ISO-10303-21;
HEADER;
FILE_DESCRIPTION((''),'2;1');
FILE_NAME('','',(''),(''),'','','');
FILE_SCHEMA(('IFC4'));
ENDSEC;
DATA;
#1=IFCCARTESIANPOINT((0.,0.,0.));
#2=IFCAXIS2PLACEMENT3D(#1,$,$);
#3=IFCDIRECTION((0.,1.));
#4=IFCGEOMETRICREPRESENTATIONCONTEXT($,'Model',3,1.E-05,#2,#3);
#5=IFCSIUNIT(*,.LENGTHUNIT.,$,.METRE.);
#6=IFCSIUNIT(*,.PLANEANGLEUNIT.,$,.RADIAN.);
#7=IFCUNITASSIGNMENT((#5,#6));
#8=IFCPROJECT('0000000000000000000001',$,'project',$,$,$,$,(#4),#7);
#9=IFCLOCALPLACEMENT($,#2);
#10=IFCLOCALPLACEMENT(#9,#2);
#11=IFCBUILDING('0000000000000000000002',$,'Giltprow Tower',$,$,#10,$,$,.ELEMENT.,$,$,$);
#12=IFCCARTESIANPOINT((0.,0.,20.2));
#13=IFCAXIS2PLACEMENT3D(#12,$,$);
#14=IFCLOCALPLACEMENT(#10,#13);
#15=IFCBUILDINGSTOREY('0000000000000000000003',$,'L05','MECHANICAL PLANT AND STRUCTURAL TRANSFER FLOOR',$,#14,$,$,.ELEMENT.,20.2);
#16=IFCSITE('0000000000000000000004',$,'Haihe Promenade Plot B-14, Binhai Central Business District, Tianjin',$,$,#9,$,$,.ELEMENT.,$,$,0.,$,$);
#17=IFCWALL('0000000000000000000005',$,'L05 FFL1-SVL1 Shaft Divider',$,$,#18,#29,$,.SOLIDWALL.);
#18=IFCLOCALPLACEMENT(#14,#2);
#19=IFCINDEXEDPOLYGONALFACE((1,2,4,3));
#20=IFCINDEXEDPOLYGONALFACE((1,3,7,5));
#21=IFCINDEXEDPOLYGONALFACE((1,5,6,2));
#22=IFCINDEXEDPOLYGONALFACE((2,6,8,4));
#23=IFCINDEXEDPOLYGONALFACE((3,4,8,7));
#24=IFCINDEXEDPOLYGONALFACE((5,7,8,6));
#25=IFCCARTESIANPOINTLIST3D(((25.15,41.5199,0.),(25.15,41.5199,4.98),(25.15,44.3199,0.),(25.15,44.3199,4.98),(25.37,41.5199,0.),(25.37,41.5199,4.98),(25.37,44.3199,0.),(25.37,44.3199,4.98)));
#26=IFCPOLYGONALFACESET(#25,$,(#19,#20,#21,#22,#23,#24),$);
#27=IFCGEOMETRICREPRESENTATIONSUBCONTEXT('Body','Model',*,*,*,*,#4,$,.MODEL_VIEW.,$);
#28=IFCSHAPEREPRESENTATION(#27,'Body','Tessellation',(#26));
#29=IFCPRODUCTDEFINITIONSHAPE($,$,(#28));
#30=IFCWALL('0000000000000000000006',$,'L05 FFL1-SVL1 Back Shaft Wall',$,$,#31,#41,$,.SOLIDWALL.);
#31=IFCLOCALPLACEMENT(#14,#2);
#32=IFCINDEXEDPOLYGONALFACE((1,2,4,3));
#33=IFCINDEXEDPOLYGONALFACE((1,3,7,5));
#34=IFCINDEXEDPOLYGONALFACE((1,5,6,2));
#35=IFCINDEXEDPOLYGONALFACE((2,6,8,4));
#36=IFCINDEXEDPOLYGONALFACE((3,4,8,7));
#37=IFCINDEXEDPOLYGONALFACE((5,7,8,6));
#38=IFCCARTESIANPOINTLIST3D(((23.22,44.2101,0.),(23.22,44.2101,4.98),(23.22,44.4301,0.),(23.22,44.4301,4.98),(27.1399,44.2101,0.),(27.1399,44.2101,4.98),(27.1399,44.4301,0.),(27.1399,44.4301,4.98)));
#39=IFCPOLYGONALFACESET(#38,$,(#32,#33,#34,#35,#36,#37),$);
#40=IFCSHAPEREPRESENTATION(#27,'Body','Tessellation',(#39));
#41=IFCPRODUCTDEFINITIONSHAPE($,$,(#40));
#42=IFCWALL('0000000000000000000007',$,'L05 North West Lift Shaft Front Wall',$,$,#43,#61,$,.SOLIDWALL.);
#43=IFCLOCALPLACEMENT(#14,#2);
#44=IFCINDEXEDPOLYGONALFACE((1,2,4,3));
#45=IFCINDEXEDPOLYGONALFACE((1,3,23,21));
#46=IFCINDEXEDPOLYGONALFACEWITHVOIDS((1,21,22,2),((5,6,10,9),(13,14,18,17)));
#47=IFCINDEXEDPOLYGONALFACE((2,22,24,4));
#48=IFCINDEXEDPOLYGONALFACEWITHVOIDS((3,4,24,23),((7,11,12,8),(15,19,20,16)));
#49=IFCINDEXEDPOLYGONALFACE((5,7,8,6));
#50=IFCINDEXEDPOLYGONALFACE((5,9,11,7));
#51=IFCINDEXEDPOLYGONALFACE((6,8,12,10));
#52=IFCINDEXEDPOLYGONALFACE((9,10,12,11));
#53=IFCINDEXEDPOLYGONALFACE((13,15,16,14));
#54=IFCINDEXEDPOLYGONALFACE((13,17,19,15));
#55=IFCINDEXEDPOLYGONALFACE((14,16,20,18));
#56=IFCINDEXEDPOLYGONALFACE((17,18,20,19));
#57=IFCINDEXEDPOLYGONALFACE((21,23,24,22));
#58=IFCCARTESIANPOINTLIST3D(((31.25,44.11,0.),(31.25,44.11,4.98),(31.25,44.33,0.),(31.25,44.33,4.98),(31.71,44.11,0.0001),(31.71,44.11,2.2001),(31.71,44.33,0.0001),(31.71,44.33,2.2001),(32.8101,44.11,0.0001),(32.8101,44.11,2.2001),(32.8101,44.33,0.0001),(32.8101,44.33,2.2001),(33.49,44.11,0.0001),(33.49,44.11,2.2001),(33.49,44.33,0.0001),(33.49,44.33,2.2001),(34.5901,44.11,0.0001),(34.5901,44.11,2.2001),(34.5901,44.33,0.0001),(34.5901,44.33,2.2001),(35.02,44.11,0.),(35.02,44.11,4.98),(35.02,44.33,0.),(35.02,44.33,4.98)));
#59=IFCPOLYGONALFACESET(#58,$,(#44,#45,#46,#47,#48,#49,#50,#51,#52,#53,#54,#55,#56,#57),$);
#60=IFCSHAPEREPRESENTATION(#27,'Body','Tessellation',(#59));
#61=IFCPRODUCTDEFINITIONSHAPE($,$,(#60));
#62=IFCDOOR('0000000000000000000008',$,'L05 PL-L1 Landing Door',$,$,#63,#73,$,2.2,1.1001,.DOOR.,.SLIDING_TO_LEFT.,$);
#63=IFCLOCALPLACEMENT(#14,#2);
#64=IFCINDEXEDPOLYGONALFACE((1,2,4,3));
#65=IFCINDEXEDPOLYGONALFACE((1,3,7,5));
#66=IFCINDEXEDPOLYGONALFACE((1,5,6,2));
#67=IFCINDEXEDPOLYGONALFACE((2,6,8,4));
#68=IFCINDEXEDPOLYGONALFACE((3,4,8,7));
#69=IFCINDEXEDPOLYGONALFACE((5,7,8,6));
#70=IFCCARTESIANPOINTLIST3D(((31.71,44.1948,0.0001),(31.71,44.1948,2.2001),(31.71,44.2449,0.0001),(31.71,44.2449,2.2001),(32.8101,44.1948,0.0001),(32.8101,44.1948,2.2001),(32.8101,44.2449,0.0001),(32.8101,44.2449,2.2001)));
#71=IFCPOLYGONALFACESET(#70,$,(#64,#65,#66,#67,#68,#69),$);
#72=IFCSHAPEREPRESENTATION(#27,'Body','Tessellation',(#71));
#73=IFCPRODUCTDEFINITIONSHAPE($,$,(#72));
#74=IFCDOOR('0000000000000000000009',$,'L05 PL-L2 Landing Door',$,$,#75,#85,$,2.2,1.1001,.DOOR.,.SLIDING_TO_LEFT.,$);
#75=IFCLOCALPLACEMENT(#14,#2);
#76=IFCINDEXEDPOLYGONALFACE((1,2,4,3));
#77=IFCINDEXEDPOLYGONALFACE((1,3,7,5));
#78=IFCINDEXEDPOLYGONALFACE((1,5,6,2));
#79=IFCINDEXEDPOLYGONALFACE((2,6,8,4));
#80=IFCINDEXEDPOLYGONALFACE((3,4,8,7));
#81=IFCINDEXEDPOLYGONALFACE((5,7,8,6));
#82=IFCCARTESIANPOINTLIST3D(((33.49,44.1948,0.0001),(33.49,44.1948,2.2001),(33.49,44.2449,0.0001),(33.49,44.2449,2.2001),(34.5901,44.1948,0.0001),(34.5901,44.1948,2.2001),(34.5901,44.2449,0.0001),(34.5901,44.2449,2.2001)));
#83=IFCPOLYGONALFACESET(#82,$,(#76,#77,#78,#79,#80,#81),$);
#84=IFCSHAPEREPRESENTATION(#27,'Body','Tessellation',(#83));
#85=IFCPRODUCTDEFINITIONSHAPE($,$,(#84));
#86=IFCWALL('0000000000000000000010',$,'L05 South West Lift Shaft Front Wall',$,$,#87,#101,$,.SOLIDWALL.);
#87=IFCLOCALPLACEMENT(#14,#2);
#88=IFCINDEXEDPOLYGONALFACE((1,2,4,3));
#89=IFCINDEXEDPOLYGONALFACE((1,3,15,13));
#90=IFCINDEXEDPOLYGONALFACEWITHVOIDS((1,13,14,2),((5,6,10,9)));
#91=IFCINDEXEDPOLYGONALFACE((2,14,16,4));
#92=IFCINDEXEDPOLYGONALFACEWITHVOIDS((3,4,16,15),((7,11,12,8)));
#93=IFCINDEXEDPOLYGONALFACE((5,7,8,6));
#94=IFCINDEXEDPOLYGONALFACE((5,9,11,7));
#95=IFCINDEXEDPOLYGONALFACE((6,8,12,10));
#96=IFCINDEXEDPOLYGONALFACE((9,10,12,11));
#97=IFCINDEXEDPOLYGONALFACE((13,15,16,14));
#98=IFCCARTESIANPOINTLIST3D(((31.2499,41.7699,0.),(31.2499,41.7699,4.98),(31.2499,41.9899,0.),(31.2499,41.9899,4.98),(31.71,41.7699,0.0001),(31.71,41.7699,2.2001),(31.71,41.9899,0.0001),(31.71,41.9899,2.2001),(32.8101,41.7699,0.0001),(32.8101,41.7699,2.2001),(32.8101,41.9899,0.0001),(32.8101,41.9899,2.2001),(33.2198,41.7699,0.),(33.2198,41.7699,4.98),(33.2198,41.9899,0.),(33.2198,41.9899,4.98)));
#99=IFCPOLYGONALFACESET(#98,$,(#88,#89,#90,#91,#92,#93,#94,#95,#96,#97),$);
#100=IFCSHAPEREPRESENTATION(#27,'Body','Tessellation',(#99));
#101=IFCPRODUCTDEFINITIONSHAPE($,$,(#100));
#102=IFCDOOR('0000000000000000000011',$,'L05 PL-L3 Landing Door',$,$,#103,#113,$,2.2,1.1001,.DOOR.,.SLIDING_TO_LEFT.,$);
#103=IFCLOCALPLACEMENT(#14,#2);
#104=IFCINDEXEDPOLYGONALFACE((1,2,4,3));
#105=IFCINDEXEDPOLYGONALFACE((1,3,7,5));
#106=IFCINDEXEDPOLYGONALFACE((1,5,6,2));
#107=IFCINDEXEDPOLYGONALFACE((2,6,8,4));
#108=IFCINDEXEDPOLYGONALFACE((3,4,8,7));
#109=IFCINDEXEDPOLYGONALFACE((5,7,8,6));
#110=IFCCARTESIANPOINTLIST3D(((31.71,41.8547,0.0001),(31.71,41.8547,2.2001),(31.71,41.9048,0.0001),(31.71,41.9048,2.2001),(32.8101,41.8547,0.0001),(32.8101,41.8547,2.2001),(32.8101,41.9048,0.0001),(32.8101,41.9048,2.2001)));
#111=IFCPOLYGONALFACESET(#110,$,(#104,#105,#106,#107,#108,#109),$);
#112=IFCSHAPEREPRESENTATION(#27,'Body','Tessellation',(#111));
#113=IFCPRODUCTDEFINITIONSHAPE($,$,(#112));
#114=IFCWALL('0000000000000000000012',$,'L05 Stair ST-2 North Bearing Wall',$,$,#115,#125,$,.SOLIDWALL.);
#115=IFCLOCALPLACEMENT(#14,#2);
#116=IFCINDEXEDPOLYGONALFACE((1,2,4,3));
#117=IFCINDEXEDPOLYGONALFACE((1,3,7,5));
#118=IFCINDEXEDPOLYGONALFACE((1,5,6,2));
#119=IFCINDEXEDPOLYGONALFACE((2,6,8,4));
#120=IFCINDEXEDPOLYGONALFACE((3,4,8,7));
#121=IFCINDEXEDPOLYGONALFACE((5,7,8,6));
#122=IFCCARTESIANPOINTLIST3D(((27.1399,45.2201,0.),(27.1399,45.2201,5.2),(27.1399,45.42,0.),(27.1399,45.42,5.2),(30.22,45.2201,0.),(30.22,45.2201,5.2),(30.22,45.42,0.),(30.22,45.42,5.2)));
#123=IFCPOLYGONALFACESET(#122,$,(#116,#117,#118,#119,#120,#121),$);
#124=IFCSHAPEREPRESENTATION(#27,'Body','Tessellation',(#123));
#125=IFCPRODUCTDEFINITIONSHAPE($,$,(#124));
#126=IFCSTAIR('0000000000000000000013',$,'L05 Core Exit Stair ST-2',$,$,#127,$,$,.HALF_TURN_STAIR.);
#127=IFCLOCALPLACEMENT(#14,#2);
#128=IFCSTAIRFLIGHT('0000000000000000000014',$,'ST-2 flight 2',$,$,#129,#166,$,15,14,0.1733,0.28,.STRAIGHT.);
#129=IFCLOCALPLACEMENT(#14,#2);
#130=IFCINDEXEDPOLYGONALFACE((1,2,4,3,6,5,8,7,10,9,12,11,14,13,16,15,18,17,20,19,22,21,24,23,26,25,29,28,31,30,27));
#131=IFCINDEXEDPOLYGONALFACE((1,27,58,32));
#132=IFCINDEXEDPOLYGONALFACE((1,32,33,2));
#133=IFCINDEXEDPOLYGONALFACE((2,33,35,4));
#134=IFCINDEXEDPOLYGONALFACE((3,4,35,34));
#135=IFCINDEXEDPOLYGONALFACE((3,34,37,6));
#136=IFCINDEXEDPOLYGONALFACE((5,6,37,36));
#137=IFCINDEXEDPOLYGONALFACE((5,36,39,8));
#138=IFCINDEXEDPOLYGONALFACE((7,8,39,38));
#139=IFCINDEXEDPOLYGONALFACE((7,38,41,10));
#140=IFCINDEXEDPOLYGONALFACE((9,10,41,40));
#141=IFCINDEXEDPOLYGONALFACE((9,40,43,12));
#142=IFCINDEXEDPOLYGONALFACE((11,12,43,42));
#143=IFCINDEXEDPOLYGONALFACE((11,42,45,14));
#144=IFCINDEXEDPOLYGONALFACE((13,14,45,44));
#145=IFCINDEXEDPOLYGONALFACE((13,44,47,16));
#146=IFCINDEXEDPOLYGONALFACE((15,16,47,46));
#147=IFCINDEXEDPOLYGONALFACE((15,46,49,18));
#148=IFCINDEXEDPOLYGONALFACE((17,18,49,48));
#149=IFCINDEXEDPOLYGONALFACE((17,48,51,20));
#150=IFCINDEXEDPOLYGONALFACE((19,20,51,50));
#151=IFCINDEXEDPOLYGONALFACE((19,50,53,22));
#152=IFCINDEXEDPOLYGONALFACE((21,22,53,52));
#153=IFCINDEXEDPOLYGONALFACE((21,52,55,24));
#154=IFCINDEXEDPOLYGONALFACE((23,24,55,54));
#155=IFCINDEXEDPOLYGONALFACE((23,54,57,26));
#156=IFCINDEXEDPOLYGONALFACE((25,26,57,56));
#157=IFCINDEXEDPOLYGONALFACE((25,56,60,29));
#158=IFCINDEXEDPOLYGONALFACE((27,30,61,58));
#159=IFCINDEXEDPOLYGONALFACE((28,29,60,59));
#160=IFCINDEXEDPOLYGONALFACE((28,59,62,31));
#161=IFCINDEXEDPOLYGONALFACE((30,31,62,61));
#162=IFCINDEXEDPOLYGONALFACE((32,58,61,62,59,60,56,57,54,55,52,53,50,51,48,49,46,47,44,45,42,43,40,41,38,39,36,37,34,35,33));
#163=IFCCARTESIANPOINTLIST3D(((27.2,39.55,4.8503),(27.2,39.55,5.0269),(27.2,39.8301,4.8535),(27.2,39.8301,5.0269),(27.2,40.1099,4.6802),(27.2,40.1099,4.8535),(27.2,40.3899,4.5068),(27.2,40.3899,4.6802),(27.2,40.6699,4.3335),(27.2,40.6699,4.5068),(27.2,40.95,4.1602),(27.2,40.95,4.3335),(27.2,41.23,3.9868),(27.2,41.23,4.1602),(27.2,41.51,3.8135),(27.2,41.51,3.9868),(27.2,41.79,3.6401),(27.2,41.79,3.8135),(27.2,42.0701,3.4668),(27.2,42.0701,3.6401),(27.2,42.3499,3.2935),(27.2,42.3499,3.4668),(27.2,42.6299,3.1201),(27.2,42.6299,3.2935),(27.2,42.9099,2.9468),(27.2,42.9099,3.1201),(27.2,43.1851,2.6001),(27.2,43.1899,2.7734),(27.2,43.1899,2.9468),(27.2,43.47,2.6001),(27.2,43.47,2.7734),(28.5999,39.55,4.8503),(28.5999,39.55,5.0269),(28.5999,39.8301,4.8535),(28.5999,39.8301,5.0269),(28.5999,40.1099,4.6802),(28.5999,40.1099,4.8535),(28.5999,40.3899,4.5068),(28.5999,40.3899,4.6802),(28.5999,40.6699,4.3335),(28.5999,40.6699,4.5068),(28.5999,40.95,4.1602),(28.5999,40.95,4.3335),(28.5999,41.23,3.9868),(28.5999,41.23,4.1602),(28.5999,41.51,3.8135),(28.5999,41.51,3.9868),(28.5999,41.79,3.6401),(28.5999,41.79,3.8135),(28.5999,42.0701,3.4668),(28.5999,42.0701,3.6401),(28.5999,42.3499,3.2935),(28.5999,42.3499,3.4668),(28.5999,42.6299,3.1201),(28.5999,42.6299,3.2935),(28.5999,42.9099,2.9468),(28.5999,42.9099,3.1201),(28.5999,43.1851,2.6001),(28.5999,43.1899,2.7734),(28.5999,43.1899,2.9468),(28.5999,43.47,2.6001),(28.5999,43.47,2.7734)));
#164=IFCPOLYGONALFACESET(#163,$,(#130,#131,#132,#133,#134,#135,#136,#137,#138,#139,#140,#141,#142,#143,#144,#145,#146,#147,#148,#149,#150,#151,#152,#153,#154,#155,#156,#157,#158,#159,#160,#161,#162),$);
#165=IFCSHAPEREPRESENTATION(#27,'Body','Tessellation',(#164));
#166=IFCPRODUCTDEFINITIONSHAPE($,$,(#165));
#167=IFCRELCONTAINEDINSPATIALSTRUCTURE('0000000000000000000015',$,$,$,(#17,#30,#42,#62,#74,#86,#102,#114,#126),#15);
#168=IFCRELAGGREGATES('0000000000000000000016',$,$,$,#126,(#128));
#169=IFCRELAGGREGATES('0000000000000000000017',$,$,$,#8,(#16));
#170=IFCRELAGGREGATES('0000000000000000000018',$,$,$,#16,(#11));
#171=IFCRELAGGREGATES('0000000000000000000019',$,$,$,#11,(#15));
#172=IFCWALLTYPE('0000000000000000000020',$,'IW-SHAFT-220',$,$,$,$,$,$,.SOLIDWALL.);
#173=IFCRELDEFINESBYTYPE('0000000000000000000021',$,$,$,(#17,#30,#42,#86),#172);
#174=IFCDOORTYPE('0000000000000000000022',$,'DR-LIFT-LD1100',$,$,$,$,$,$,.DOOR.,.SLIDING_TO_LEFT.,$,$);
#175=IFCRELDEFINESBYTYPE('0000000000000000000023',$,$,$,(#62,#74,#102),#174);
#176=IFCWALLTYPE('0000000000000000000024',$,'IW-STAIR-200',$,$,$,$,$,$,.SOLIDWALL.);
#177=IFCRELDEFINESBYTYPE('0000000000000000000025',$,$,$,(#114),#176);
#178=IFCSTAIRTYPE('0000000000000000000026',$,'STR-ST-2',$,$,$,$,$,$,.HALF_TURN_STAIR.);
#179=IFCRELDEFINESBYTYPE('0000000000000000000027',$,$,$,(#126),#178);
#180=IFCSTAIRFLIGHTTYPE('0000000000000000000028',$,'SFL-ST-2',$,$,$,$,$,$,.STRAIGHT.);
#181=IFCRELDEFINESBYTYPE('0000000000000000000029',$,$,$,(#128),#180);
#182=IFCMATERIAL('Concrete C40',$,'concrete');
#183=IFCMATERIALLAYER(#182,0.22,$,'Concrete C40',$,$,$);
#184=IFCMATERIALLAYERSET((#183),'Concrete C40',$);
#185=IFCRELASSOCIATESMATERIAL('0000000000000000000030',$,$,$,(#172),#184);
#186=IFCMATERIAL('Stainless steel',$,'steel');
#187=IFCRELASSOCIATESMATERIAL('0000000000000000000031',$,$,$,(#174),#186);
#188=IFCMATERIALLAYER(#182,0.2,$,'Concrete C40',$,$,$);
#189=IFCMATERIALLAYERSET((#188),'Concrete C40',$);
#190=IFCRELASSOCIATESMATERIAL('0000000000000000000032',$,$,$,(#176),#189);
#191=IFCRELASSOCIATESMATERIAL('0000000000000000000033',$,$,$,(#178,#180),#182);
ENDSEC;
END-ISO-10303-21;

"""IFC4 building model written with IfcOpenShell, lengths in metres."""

from ifc_helpers import new_model, si_unit, direction, frame, frame_2d, origin, place, context, subcontext, project, spatial, polyline, rectangle, outline, extrude, source, transform, mapped, material, layer, layer_set, type_object, element, fill, aggregate, save


model = new_model("IFC4")

# Units and contexts
model_context = context("Model", 3, precision=1e-05, world=origin(), true_north=direction((0.0, 1.0)))
body_context = subcontext(model_context, "Body", "Model", "MODEL_VIEW")
ifc_project = project(units=[si_unit("LENGTHUNIT", "METRE"), si_unit("PLANEANGLEUNIT", "RADIAN")], contexts=[model_context])

# Site, building, storey
site_placement = place(None, origin())
site = spatial("IfcSite", under=ifc_project, at=site_placement, Name="Haihe Promenade Plot B-14, Binhai Central Business District, Tianjin", CompositionType="ELEMENT", RefElevation=0.0)
building_placement = place(site_placement, origin())
building = spatial("IfcBuilding", under=site, at=building_placement, Name="Giltprow Tower", CompositionType="ELEMENT")
storey_placement = place(building_placement, frame((0.0, 0.0, 20.2)))
storey = spatial("IfcBuildingStorey", under=building, at=storey_placement, Name="L05", Description="MECHANICAL PLANT AND STRUCTURAL TRANSFER FLOOR", CompositionType="ELEMENT", Elevation=20.2)

# Shared definitions
ifc_material_1 = material(Name="Concrete C40", Category="concrete")
ifc_layer_1 = layer(ifc_material_1, 0.22, Name="Concrete C40")
ifc_layer_set_1 = layer_set([ifc_layer_1], Name="Concrete C40")
wall_type_1 = type_object("IfcWallType", Name="IW-SHAFT-220", PredefinedType="SOLIDWALL", material=ifc_layer_set_1)
ifc_material_2 = material(Name="Stainless steel", Category="steel")
door_type = type_object("IfcDoorType", Name="DR-LIFT-LD1100", OperationType="SLIDING_TO_LEFT", PredefinedType="DOOR", material=ifc_material_2)
shared_shape_1 = source(origin(), body_context, "Body", "SweptSolid", [
    extrude(rectangle(XDim=1.1001, YDim=2.2, at=frame_2d((0.55, 1.1001))), frame((0.0, 0.0249, 0.0), z_axis=(0.0, -1.0, 0.0), x_axis=(1.0, 0.0, 0.0)), (0.0, 0.0, 1.0), 0.05),
])

# Walls
wall_1_placement = place(storey_placement, frame((25.26, 41.52, 0.0), z_axis=(0.0, 0.0, 1.0), x_axis=(0.0, 1.0, 0.0)))
element("IfcWall", 1, at=wall_1_placement, inside=storey, type_object=wall_type_1, Name="L05 FFL1-SVL1 Shaft Divider", PredefinedType="SOLIDWALL", context=body_context, shape_type="SweptSolid", body=[
    extrude(rectangle(XDim=2.8, YDim=0.22, at=frame_2d((1.3999, 0.0))), origin(), (0.0, 0.0, 1.0), 4.98),
])
wall_2_placement = place(storey_placement, frame((23.22, 44.3201, 0.0), z_axis=(0.0, 0.0, 1.0), x_axis=(1.0, 0.0, 0.0)))
element("IfcWall", 2, at=wall_2_placement, inside=storey, type_object=wall_type_1, Name="L05 FFL1-SVL1 Back Shaft Wall", PredefinedType="SOLIDWALL", context=body_context, shape_type="SweptSolid", body=[
    extrude(rectangle(XDim=3.9199, YDim=0.22, at=frame_2d((1.96, 0.0))), origin(), (0.0, 0.0, 1.0), 4.98),
])

# Wall, openings, doors
wall_3_placement = place(storey_placement, frame((31.25, 44.22, 0.0), z_axis=(0.0, 0.0, 1.0), x_axis=(1.0, 0.0, 0.0)))
wall_3 = element("IfcWall", 3, at=wall_3_placement, inside=storey, type_object=wall_type_1, Name="L05 North West Lift Shaft Front Wall", PredefinedType="SOLIDWALL", context=body_context, shape_type="SweptSolid", body=[
    extrude(rectangle(XDim=3.77, YDim=0.22, at=frame_2d((1.885, 0.0))), origin(), (0.0, 0.0, 1.0), 4.98),
])
opening_1_placement = place(wall_3_placement, frame((0.46, 0.0, 0.0)))
opening_1 = element("IfcOpeningElement", 4, at=opening_1_placement, cuts=wall_3, PredefinedType="OPENING", context=body_context, shape_type="SweptSolid", body=[
    extrude(rectangle(XDim=1.1001, YDim=2.2, at=frame_2d((0.55, 1.1001))), frame((0.0, 0.1199, 0.0), z_axis=(0.0, -1.0, 0.0), x_axis=(1.0, 0.0, 0.0)), (0.0, 0.0, 1.0), 0.24),
])
opening_2_placement = place(wall_3_placement, frame((2.24, 0.0, 0.0)))
opening_2 = element("IfcOpeningElement", 5, at=opening_2_placement, cuts=wall_3, PredefinedType="OPENING", context=body_context, shape_type="SweptSolid", body=[
    extrude(rectangle(XDim=1.1001, YDim=2.2, at=frame_2d((0.55, 1.1001))), frame((0.0, 0.1199, 0.0), z_axis=(0.0, -1.0, 0.0), x_axis=(1.0, 0.0, 0.0)), (0.0, 0.0, 1.0), 0.24),
])
door_1_placement = place(opening_1_placement, origin())
door_1 = element("IfcDoor", 6, at=door_1_placement, inside=storey, type_object=door_type, Name="L05 PL-L1 Landing Door", OperationType="SLIDING_TO_LEFT", OverallHeight=2.2, OverallWidth=1.1001, PredefinedType="DOOR", context=body_context, shape_type="MappedRepresentation", body=[
    mapped(shared_shape_1, transform((0.0, 0.0, 0.0), x_axis=(1.0, 0.0, 0.0), y_axis=(0.0, 1.0, 0.0), z_axis=(0.0, 0.0, 1.0), scale=1.0)),
])
fill(opening_1, door_1)
door_2_placement = place(opening_2_placement, origin())
door_2 = element("IfcDoor", 7, at=door_2_placement, inside=storey, type_object=door_type, Name="L05 PL-L2 Landing Door", OperationType="SLIDING_TO_LEFT", OverallHeight=2.2, OverallWidth=1.1001, PredefinedType="DOOR", context=body_context, shape_type="MappedRepresentation", body=[
    mapped(shared_shape_1, transform((0.0, 0.0, 0.0), x_axis=(1.0, 0.0, 0.0), y_axis=(0.0, 1.0, 0.0), z_axis=(0.0, 0.0, 1.0), scale=1.0)),
])
fill(opening_2, door_2)

# Wall, opening, door
wall_4_placement = place(storey_placement, frame((31.25, 41.8799, 0.0), z_axis=(0.0, 0.0, 1.0), x_axis=(1.0, 0.0, 0.0)))
wall_4 = element("IfcWall", 8, at=wall_4_placement, inside=storey, type_object=wall_type_1, Name="L05 South West Lift Shaft Front Wall", PredefinedType="SOLIDWALL", context=body_context, shape_type="SweptSolid", body=[
    extrude(rectangle(XDim=1.97, YDim=0.22, at=frame_2d((0.9849, 0.0))), origin(), (0.0, 0.0, 1.0), 4.98),
])
opening_3_placement = place(wall_4_placement, frame((0.46, 0.0, 0.0)))
opening_3 = element("IfcOpeningElement", 9, at=opening_3_placement, cuts=wall_4, PredefinedType="OPENING", context=body_context, shape_type="SweptSolid", body=[
    extrude(rectangle(XDim=1.1001, YDim=2.2, at=frame_2d((0.55, 1.1001))), frame((0.0, 0.1199, 0.0), z_axis=(0.0, -1.0, 0.0), x_axis=(1.0, 0.0, 0.0)), (0.0, 0.0, 1.0), 0.24),
])
door_3_placement = place(opening_3_placement, origin())
door_3 = element("IfcDoor", 10, at=door_3_placement, inside=storey, type_object=door_type, Name="L05 PL-L3 Landing Door", OperationType="SLIDING_TO_LEFT", OverallHeight=2.2, OverallWidth=1.1001, PredefinedType="DOOR", context=body_context, shape_type="MappedRepresentation", body=[
    mapped(shared_shape_1, transform((0.0, 0.0, 0.0), x_axis=(1.0, 0.0, 0.0), y_axis=(0.0, 1.0, 0.0), z_axis=(0.0, 0.0, 1.0), scale=1.0)),
])
fill(opening_3, door_3)

# Wall
ifc_layer_2 = layer(ifc_material_1, 0.2, Name="Concrete C40")
ifc_layer_set_2 = layer_set([ifc_layer_2], Name="Concrete C40")
wall_type_2 = type_object("IfcWallType", Name="IW-STAIR-200", PredefinedType="SOLIDWALL", material=ifc_layer_set_2)
wall_5_placement = place(storey_placement, frame((27.1399, 45.3201, 0.0), z_axis=(0.0, 0.0, 1.0), x_axis=(1.0, 0.0, 0.0)))
element("IfcWall", 11, at=wall_5_placement, inside=storey, type_object=wall_type_2, Name="L05 Stair ST-2 North Bearing Wall", PredefinedType="SOLIDWALL", context=body_context, shape_type="SweptSolid", body=[
    extrude(rectangle(XDim=3.0801, YDim=0.2, at=frame_2d((1.54, 0.0))), origin(), (0.0, 0.0, 1.0), 5.2),
])

# Stair, stair flight
stair_type = type_object("IfcStairType", Name="STR-ST-2", PredefinedType="HALF_TURN_STAIR", material=ifc_material_1)
stair_placement = place(storey_placement, origin())
stair = element("IfcStair", 12, at=stair_placement, inside=storey, type_object=stair_type, Name="L05 Core Exit Stair ST-2", PredefinedType="HALF_TURN_STAIR")
stair_flight_type = type_object("IfcStairFlightType", Name="SFL-ST-2", PredefinedType="STRAIGHT", material=ifc_material_1)
stair_flight_placement = place(storey_placement, frame((27.8999, 43.47, 2.6001), z_axis=(0.0, 0.0, 1.0), x_axis=(0.0, -1.0, 0.0)))
stair_flight = element("IfcStairFlight", 13, at=stair_flight_placement, type_object=stair_flight_type, Name="ST-2 flight 2", NumberOfRisers=15, NumberOfTreads=14, PredefinedType="STRAIGHT", RiserHeight=0.1733, TreadLength=0.28, context=body_context, shape_type="SweptSolid", body=[
    extrude(outline(polyline([(0.0, 0.0), (0.0, 0.1733), (0.28, 0.1733), (0.28, 0.3467), (0.5601, 0.3467), (0.5601, 0.52), (0.8401, 0.52), (0.8401, 0.6934), (1.1201, 0.6934), (1.1201, 0.8667), (1.3999, 0.8667), (1.3999, 1.04), (1.6799, 1.04), (1.6799, 1.2134), (1.96, 1.2134), (1.96, 1.3867), (2.24, 1.3867), (2.24, 1.5601), (2.52, 1.5601), (2.52, 1.7334), (2.8, 1.7334), (2.8, 1.9067), (3.0801, 1.9067), (3.0801, 2.0801), (3.3601, 2.0801), (3.3601, 2.2534), (3.6399, 2.2534), (3.6399, 2.4268), (3.9199, 2.4268), (3.9199, 2.6001), (3.9199, 2.2502), (0.2849, 0.0), (0.0, 0.0)])), frame((0.0, 0.7, 0.0), z_axis=(0.0, -1.0, 0.0), x_axis=(1.0, 0.0, 0.0)), (0.0, 0.0, 1.0), 1.3999),
])
aggregate(stair, [stair_flight])

save(model, "model.ifc")
